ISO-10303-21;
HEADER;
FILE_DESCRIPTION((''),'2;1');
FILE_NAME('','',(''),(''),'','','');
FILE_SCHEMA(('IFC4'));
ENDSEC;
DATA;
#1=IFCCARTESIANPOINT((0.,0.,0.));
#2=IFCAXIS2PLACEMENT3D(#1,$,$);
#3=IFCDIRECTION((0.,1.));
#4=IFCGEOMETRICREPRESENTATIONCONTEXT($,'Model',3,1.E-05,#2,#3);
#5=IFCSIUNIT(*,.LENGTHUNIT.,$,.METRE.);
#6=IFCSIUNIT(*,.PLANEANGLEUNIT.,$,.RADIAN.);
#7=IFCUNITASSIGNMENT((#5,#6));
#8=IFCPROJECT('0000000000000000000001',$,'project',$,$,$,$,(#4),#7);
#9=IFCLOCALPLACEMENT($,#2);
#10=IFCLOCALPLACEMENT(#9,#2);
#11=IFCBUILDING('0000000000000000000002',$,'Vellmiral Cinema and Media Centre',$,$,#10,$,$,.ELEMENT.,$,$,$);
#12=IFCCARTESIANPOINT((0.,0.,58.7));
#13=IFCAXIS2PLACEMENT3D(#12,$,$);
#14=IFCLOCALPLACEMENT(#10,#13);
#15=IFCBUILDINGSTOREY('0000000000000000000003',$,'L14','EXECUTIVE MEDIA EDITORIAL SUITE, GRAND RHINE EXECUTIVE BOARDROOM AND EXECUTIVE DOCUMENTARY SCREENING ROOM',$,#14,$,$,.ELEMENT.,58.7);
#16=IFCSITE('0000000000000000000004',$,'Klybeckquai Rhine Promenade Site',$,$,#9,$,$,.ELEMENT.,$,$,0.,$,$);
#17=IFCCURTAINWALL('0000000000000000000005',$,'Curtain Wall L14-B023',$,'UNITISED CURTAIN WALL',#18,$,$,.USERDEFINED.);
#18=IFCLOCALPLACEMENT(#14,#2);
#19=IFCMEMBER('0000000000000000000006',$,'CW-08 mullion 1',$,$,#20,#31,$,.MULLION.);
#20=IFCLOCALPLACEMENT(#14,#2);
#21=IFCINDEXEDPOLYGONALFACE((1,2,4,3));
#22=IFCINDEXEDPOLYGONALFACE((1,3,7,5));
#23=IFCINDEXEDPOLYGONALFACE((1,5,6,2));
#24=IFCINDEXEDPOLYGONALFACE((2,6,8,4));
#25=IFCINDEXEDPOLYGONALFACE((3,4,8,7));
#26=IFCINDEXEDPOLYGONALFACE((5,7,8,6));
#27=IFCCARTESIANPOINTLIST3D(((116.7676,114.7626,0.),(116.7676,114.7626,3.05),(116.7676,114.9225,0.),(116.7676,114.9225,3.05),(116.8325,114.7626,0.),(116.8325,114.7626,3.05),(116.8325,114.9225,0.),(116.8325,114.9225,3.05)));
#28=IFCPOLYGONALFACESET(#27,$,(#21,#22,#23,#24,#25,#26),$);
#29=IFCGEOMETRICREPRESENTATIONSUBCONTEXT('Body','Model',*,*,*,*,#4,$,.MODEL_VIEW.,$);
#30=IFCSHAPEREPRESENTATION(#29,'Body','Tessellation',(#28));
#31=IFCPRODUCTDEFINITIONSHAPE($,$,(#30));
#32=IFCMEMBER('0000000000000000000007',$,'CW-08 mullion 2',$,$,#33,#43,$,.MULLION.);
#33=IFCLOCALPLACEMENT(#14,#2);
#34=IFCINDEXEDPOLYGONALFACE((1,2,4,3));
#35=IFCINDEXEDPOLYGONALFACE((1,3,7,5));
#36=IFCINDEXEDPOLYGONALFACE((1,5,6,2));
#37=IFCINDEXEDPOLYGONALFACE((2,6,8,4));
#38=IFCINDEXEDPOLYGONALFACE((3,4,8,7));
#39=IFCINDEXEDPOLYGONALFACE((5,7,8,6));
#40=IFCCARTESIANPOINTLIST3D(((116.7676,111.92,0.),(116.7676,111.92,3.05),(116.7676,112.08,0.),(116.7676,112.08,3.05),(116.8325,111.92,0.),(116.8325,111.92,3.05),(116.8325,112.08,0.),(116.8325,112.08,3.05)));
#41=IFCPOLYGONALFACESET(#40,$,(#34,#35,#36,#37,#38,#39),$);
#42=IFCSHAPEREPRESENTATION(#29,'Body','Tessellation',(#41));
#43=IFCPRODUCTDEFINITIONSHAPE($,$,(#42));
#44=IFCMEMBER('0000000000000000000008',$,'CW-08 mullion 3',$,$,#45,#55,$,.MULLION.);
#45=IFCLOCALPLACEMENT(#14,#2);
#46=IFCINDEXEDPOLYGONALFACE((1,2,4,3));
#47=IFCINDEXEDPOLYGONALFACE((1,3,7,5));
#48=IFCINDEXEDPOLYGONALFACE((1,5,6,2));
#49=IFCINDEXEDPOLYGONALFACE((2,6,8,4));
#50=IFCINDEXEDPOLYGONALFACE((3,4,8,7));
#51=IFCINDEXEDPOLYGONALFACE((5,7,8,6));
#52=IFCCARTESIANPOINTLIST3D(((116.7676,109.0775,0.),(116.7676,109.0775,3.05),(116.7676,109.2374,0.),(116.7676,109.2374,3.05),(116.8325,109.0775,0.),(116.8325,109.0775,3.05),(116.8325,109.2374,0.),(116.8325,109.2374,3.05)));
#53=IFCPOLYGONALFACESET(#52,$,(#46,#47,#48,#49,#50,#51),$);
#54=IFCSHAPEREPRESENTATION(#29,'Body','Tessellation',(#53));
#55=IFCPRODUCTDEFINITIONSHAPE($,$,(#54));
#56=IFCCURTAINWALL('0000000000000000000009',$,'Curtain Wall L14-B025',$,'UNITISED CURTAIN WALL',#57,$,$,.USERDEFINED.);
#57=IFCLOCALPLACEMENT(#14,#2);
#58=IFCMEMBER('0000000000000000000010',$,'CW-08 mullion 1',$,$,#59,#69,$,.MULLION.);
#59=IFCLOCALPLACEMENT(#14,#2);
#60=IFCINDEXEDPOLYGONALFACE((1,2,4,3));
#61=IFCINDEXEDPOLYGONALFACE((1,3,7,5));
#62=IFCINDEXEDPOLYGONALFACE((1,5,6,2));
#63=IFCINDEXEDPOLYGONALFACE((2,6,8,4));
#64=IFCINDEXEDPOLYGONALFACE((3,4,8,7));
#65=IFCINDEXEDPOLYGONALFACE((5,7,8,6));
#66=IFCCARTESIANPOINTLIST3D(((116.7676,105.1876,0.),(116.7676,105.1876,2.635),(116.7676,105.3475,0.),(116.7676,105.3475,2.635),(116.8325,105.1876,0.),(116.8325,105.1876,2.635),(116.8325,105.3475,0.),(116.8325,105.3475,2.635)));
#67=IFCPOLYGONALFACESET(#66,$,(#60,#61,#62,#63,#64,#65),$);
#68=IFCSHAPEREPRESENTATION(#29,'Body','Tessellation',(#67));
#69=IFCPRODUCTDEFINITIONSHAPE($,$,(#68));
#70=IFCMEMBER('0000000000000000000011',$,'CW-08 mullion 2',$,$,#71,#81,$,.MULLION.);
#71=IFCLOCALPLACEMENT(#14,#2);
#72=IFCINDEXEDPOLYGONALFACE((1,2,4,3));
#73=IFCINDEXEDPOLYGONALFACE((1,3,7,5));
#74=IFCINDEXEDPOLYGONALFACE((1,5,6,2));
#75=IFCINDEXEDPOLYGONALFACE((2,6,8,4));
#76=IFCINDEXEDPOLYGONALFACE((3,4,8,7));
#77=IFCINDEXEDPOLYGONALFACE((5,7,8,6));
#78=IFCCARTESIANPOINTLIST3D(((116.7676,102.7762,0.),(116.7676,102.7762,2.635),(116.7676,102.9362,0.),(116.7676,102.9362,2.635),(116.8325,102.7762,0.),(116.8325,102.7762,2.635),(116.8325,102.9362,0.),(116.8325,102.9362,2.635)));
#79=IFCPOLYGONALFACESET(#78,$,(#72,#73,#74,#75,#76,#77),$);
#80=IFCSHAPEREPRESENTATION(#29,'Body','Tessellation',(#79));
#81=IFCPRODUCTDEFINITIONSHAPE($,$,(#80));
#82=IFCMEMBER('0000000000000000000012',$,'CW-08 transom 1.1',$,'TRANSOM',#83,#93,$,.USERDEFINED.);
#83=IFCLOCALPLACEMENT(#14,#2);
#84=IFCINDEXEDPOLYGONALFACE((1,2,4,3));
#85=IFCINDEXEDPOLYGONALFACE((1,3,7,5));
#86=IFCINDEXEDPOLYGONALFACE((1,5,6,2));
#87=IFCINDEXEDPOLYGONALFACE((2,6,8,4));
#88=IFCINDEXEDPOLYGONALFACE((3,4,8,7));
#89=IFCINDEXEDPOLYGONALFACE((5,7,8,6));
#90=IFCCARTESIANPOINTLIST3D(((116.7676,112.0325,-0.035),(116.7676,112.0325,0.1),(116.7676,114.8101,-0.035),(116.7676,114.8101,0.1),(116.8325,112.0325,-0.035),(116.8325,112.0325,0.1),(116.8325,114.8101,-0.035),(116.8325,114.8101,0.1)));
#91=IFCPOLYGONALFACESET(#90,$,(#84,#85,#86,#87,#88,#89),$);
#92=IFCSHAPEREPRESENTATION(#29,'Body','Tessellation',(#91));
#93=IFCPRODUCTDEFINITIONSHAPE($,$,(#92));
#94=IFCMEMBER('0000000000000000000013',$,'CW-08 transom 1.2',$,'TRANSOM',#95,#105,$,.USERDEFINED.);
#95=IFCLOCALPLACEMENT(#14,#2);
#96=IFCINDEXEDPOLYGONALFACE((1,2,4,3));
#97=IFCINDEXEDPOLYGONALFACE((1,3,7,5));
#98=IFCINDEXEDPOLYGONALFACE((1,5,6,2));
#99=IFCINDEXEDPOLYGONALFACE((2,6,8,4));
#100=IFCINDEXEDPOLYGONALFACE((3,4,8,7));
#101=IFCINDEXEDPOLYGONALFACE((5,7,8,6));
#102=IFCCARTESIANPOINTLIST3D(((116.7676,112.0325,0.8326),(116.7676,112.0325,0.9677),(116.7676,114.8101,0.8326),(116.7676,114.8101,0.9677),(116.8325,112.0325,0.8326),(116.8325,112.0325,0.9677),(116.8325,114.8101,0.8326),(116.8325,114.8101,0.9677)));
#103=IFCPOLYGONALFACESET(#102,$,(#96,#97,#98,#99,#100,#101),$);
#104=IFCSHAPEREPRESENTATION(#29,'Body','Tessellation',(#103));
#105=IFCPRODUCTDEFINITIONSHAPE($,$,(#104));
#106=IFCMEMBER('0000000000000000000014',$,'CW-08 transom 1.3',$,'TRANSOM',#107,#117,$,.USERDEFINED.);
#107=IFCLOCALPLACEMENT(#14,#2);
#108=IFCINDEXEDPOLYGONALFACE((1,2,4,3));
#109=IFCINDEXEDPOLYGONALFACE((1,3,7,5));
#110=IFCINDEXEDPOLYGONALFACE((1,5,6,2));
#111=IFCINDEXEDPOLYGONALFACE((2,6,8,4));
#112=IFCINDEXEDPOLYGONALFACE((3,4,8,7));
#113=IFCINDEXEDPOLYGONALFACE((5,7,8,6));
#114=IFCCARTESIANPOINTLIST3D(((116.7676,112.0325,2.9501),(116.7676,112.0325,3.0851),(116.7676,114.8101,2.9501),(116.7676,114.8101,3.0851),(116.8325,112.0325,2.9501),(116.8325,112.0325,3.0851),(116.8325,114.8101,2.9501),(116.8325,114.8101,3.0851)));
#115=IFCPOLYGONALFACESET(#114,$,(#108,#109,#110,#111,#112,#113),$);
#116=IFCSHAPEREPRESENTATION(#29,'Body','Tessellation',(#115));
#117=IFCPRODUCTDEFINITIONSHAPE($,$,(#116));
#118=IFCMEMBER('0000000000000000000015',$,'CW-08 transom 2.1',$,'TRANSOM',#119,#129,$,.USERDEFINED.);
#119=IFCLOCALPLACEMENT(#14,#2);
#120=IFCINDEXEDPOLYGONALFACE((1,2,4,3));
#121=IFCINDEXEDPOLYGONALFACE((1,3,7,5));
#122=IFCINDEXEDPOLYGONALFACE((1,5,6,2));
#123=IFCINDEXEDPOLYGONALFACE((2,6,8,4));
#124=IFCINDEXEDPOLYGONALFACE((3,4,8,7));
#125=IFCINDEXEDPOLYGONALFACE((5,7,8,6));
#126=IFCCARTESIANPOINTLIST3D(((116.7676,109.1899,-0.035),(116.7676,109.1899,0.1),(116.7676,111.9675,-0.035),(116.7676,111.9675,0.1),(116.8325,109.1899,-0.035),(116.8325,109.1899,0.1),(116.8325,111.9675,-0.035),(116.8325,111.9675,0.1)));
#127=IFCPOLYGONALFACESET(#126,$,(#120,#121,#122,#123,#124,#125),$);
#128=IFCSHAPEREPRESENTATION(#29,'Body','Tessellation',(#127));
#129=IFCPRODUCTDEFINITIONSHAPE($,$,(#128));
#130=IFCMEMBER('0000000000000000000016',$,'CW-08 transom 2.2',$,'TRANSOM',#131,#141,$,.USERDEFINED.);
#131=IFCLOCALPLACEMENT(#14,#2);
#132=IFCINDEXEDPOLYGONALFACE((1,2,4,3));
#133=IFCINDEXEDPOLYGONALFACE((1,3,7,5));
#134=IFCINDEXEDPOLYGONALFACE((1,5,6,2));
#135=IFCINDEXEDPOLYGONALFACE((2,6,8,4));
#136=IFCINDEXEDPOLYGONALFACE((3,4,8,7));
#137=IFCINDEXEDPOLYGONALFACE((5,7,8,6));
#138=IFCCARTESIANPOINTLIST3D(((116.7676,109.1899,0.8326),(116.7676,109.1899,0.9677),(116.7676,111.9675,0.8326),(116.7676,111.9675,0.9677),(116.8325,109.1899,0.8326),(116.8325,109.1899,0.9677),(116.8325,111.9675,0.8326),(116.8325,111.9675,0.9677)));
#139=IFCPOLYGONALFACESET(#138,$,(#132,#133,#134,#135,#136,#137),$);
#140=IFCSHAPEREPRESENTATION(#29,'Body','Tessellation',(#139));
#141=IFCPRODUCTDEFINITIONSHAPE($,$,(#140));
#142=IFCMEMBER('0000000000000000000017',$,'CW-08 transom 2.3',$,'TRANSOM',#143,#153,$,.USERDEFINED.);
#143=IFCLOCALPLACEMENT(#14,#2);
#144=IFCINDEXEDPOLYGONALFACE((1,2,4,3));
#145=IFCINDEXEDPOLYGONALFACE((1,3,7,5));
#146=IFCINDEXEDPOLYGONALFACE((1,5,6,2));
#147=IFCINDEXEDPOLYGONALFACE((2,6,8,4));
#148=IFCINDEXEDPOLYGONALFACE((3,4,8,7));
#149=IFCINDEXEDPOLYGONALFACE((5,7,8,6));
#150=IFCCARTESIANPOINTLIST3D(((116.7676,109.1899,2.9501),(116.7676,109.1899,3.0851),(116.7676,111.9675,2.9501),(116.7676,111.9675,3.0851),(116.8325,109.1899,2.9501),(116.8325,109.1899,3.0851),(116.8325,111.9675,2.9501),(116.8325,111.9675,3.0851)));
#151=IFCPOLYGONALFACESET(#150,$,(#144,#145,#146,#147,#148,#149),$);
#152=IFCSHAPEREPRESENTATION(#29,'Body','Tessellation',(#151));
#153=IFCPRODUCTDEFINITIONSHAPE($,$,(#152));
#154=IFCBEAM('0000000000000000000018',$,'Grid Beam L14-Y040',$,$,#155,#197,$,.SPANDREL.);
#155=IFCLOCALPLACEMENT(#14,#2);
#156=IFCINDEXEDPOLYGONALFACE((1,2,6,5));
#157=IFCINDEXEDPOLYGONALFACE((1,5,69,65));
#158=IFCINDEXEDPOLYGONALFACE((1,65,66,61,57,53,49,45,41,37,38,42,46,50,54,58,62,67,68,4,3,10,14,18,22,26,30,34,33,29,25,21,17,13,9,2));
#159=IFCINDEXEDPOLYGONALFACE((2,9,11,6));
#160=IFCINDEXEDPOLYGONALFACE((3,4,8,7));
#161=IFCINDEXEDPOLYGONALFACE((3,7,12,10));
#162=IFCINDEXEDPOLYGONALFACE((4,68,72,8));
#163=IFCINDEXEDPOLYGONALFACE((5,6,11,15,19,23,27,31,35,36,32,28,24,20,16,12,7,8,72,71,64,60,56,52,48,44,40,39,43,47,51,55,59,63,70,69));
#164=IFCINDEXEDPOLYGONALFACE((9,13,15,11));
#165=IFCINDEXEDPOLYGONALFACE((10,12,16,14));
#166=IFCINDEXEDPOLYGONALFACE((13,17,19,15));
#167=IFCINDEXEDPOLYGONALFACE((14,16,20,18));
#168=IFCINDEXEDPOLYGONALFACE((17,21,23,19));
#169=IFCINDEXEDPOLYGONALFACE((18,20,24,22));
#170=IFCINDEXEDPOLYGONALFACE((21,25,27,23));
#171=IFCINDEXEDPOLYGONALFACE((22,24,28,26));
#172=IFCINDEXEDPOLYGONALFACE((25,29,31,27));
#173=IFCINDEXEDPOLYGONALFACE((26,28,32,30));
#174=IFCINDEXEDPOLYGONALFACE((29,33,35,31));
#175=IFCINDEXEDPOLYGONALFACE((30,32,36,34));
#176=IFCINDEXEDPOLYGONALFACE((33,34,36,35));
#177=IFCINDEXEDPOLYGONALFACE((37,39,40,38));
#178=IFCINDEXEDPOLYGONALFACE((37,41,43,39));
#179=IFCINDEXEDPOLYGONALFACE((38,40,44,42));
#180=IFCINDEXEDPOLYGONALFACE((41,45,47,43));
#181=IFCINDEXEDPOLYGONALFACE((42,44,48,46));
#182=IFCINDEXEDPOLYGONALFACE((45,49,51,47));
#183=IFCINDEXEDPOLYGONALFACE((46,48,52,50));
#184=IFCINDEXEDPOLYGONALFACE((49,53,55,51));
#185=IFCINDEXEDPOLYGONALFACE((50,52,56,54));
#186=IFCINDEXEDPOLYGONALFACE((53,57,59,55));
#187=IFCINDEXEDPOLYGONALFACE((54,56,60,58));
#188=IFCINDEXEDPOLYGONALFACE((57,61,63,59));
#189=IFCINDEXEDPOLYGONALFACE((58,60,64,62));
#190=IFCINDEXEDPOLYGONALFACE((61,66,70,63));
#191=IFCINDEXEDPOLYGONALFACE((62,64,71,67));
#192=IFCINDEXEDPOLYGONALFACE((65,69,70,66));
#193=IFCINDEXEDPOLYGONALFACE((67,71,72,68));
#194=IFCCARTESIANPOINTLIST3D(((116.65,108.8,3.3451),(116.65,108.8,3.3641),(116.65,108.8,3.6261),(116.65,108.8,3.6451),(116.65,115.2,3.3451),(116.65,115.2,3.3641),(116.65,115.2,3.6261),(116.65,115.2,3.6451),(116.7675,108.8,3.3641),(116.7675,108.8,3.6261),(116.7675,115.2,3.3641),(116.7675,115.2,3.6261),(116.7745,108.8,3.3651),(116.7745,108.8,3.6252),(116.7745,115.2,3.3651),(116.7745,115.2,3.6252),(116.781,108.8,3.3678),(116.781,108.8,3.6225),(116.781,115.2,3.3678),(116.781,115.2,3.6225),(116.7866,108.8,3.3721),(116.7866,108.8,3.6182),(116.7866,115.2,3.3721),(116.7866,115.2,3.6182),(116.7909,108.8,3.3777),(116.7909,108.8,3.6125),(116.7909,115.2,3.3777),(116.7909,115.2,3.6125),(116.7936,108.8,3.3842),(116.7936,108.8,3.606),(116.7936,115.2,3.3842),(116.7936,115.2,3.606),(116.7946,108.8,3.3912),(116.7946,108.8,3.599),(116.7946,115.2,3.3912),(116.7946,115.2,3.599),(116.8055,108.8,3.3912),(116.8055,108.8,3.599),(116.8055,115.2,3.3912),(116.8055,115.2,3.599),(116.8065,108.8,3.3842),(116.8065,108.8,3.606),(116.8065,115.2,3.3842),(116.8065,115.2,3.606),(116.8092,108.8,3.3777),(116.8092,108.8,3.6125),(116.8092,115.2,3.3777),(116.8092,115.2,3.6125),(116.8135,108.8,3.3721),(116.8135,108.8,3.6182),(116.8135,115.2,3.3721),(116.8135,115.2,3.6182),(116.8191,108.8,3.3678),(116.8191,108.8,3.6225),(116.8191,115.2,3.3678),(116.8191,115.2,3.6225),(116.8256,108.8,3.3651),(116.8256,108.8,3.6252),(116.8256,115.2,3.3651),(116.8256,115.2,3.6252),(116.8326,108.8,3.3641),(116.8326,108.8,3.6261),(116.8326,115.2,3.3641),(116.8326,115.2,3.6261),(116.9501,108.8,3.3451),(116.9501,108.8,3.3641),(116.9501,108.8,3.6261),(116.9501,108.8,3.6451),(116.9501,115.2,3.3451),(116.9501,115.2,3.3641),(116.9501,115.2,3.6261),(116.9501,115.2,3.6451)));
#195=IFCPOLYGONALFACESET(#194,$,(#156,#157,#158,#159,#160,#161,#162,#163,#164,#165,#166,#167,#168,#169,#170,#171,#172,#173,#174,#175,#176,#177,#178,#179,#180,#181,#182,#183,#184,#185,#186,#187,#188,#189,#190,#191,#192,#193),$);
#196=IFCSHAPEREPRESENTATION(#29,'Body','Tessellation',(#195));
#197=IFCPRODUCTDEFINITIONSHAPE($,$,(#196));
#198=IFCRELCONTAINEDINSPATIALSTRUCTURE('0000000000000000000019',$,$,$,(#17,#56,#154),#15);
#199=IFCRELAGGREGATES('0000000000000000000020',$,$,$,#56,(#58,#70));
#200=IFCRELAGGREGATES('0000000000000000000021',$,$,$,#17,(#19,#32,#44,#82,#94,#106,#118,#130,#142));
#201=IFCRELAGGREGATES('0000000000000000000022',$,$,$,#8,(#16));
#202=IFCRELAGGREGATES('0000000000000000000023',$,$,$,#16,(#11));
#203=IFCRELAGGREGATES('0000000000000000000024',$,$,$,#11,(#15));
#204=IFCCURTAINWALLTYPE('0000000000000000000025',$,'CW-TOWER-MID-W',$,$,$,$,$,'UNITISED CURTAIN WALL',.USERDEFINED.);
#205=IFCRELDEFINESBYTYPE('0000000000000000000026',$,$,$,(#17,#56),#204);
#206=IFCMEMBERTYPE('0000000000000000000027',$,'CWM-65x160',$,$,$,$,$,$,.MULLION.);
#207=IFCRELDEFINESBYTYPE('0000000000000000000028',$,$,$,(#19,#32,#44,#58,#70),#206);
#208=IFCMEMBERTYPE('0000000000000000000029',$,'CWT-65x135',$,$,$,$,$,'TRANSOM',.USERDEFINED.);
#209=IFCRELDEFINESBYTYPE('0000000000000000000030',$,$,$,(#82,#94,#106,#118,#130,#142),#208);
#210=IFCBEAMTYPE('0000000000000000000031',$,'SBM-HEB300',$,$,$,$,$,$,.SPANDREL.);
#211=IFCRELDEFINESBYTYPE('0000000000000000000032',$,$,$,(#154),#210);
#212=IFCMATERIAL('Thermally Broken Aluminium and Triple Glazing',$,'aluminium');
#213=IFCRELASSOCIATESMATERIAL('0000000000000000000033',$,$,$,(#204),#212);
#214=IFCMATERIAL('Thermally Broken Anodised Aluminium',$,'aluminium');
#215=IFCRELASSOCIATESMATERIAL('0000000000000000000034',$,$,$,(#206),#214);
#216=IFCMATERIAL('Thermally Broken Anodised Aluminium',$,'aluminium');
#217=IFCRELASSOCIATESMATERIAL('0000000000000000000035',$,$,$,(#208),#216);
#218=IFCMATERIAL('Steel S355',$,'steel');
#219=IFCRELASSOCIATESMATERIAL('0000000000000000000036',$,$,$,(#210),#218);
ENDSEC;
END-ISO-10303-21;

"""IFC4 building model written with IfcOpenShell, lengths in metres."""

from ifc_helpers import new_model, si_unit, direction, frame, origin, origin_2d, place, context, subcontext, project, spatial, rectangle, i_section, extrude, material, material_profile, profile_set, type_object, element, aggregate, save


model = new_model("IFC4")

# Units and contexts
model_context = context("Model", 3, precision=1e-05, world=origin(), true_north=direction((0.0, 1.0)))
body_context = subcontext(model_context, "Body", "Model", "MODEL_VIEW")
ifc_project = project(units=[si_unit("LENGTHUNIT", "METRE"), si_unit("PLANEANGLEUNIT", "RADIAN")], contexts=[model_context])

# Site, building, storey
site_placement = place(None, origin())
site = spatial("IfcSite", under=ifc_project, at=site_placement, Name="Klybeckquai Rhine Promenade Site", CompositionType="ELEMENT", RefElevation=0.0)
building_placement = place(site_placement, origin())
building = spatial("IfcBuilding", under=site, at=building_placement, Name="Vellmiral Cinema and Media Centre", CompositionType="ELEMENT")
storey_placement = place(building_placement, frame((0.0, 0.0, 58.7)))
storey = spatial("IfcBuildingStorey", under=building, at=storey_placement, Name="L14", Description="EXECUTIVE MEDIA EDITORIAL SUITE, GRAND RHINE EXECUTIVE BOARDROOM AND EXECUTIVE DOCUMENTARY SCREENING ROOM", CompositionType="ELEMENT", Elevation=58.7)

# Curtain walls, members
ifc_material_1 = material(Name="Thermally Broken Aluminium and Triple Glazing", Category="aluminium")
curtain_wall_type = type_object("IfcCurtainWallType", Name="CW-TOWER-MID-W", ElementType="UNITISED CURTAIN WALL", PredefinedType="USERDEFINED", material=ifc_material_1)
curtain_wall_1_placement = place(storey_placement, origin())
curtain_wall_1 = element("IfcCurtainWall", 1, at=curtain_wall_1_placement, inside=storey, type_object=curtain_wall_type, Name="Curtain Wall L14-B023", ObjectType="UNITISED CURTAIN WALL", PredefinedType="USERDEFINED")
ifc_material_2 = material(Name="Thermally Broken Anodised Aluminium", Category="aluminium")
ifc_material_profile_1 = material_profile(ifc_material_2, rectangle(XDim=0.0649, YDim=0.1599, at=origin_2d()), Name="MULL 65x160")
ifc_profile_set_1 = profile_set([ifc_material_profile_1], Name="Thermally Broken Anodised Aluminium")
member_type_1 = type_object("IfcMemberType", Name="CWM-65x160", PredefinedType="MULLION", material=ifc_profile_set_1)
member_1_placement = place(storey_placement, frame((116.8, 114.8425, 0.0), z_axis=(0.0, 0.0, 1.0), x_axis=(1.0, 0.0, 0.0)))
member_1 = element("IfcMember", 2, at=member_1_placement, type_object=member_type_1, Name="CW-08 mullion 1", PredefinedType="MULLION", context=body_context, shape_type="SweptSolid", body=[
    extrude(rectangle(XDim=0.0649, YDim=0.1599, at=origin_2d()), origin(), (0.0, 0.0, 1.0), 3.05),
])
member_2_placement = place(storey_placement, frame((116.8, 112.0, 0.0), z_axis=(0.0, 0.0, 1.0), x_axis=(1.0, 0.0, 0.0)))
member_2 = element("IfcMember", 3, at=member_2_placement, type_object=member_type_1, Name="CW-08 mullion 2", PredefinedType="MULLION", context=body_context, shape_type="SweptSolid", body=[
    extrude(rectangle(XDim=0.0649, YDim=0.1599, at=origin_2d()), origin(), (0.0, 0.0, 1.0), 3.05),
])
member_3_placement = place(storey_placement, frame((116.8, 109.1575, 0.0), z_axis=(0.0, 0.0, 1.0), x_axis=(1.0, 0.0, 0.0)))
member_3 = element("IfcMember", 4, at=member_3_placement, type_object=member_type_1, Name="CW-08 mullion 3", PredefinedType="MULLION", context=body_context, shape_type="SweptSolid", body=[
    extrude(rectangle(XDim=0.0649, YDim=0.1599, at=origin_2d()), origin(), (0.0, 0.0, 1.0), 3.05),
])
curtain_wall_2_placement = place(storey_placement, origin())
curtain_wall_2 = element("IfcCurtainWall", 5, at=curtain_wall_2_placement, inside=storey, type_object=curtain_wall_type, Name="Curtain Wall L14-B025", ObjectType="UNITISED CURTAIN WALL", PredefinedType="USERDEFINED")
member_4_placement = place(storey_placement, frame((116.8, 105.2676, 0.0), z_axis=(0.0, 0.0, 1.0), x_axis=(1.0, 0.0, 0.0)))
member_4 = element("IfcMember", 6, at=member_4_placement, type_object=member_type_1, Name="CW-08 mullion 1", PredefinedType="MULLION", context=body_context, shape_type="SweptSolid", body=[
    extrude(rectangle(XDim=0.0649, YDim=0.1599, at=origin_2d()), origin(), (0.0, 0.0, 1.0), 2.635),
])
member_5_placement = place(storey_placement, frame((116.8, 102.8562, 0.0), z_axis=(0.0, 0.0, 1.0), x_axis=(1.0, 0.0, 0.0)))
member_5 = element("IfcMember", 7, at=member_5_placement, type_object=member_type_1, Name="CW-08 mullion 2", PredefinedType="MULLION", context=body_context, shape_type="SweptSolid", body=[
    extrude(rectangle(XDim=0.0649, YDim=0.1599, at=origin_2d()), origin(), (0.0, 0.0, 1.0), 2.635),
])
aggregate(curtain_wall_2, [member_4, member_5])

# Members
ifc_material_3 = material(Name="Thermally Broken Anodised Aluminium", Category="aluminium")
ifc_material_profile_2 = material_profile(ifc_material_3, rectangle(XDim=0.0649, YDim=0.135, at=origin_2d()), Name="MULL 65x135")
ifc_profile_set_2 = profile_set([ifc_material_profile_2], Name="Thermally Broken Anodised Aluminium")
member_type_2 = type_object("IfcMemberType", Name="CWT-65x135", ElementType="TRANSOM", PredefinedType="USERDEFINED", material=ifc_profile_set_2)
member_6_placement = place(storey_placement, frame((116.8, 114.8101, 0.0325), z_axis=(0.0, -1.0, 0.0), x_axis=(1.0, 0.0, 0.0)))
member_6 = element("IfcMember", 8, at=member_6_placement, type_object=member_type_2, Name="CW-08 transom 1.1", ObjectType="TRANSOM", PredefinedType="USERDEFINED", context=body_context, shape_type="SweptSolid", body=[
    extrude(rectangle(XDim=0.0649, YDim=0.135, at=origin_2d()), origin(), (0.0, 0.0, 1.0), 2.7776),
])
member_7_placement = place(storey_placement, frame((116.8, 114.8101, 0.9001), z_axis=(0.0, -1.0, 0.0), x_axis=(1.0, 0.0, 0.0)))
member_7 = element("IfcMember", 9, at=member_7_placement, type_object=member_type_2, Name="CW-08 transom 1.2", ObjectType="TRANSOM", PredefinedType="USERDEFINED", context=body_context, shape_type="SweptSolid", body=[
    extrude(rectangle(XDim=0.0649, YDim=0.135, at=origin_2d()), origin(), (0.0, 0.0, 1.0), 2.7776),
])
member_8_placement = place(storey_placement, frame((116.8, 114.8101, 3.0176), z_axis=(0.0, -1.0, 0.0), x_axis=(1.0, 0.0, 0.0)))
member_8 = element("IfcMember", 10, at=member_8_placement, type_object=member_type_2, Name="CW-08 transom 1.3", ObjectType="TRANSOM", PredefinedType="USERDEFINED", context=body_context, shape_type="SweptSolid", body=[
    extrude(rectangle(XDim=0.0649, YDim=0.135, at=origin_2d()), origin(), (0.0, 0.0, 1.0), 2.7776),
])
member_9_placement = place(storey_placement, frame((116.8, 111.9675, 0.0325), z_axis=(0.0, -1.0, 0.0), x_axis=(1.0, 0.0, 0.0)))
member_9 = element("IfcMember", 11, at=member_9_placement, type_object=member_type_2, Name="CW-08 transom 2.1", ObjectType="TRANSOM", PredefinedType="USERDEFINED", context=body_context, shape_type="SweptSolid", body=[
    extrude(rectangle(XDim=0.0649, YDim=0.135, at=origin_2d()), origin(), (0.0, 0.0, 1.0), 2.7776),
])
member_10_placement = place(storey_placement, frame((116.8, 111.9675, 0.9001), z_axis=(0.0, -1.0, 0.0), x_axis=(1.0, 0.0, 0.0)))
member_10 = element("IfcMember", 12, at=member_10_placement, type_object=member_type_2, Name="CW-08 transom 2.2", ObjectType="TRANSOM", PredefinedType="USERDEFINED", context=body_context, shape_type="SweptSolid", body=[
    extrude(rectangle(XDim=0.0649, YDim=0.135, at=origin_2d()), origin(), (0.0, 0.0, 1.0), 2.7776),
])
member_11_placement = place(storey_placement, frame((116.8, 111.9675, 3.0176), z_axis=(0.0, -1.0, 0.0), x_axis=(1.0, 0.0, 0.0)))
member_11 = element("IfcMember", 13, at=member_11_placement, type_object=member_type_2, Name="CW-08 transom 2.3", ObjectType="TRANSOM", PredefinedType="USERDEFINED", context=body_context, shape_type="SweptSolid", body=[
    extrude(rectangle(XDim=0.0649, YDim=0.135, at=origin_2d()), origin(), (0.0, 0.0, 1.0), 2.7776),
])

# Beam
ifc_material_4 = material(Name="Steel S355", Category="steel")
ifc_material_profile_3 = material_profile(ifc_material_4, i_section(OverallWidth=0.3, OverallDepth=0.3, WebThickness=0.011, FlangeThickness=0.019, FilletRadius=0.0271, at=origin_2d()), Name="HEB 300")
ifc_profile_set_3 = profile_set([ifc_material_profile_3], Name="Steel S355")
beam_type_1 = type_object("IfcBeamType", Name="SBM-HEB300", PredefinedType="SPANDREL", material=ifc_profile_set_3)
beam_1_placement = place(storey_placement, frame((116.8, 108.8, 3.4951), z_axis=(0.0, 1.0, 0.0), x_axis=(-1.0, 0.0, 0.0)))
element("IfcBeam", 14, at=beam_1_placement, inside=storey, type_object=beam_type_1, Name="Grid Beam L14-Y040", PredefinedType="SPANDREL", context=body_context, shape_type="SweptSolid", body=[
    extrude(i_section(OverallWidth=0.3, OverallDepth=0.3, WebThickness=0.011, FlangeThickness=0.019, FilletRadius=0.0271, at=origin_2d()), origin(), (0.0, 0.0, 1.0), 6.3999),
])

aggregate(curtain_wall_1, [member_1, member_2, member_3, member_6, member_7, member_8, member_9, member_10, member_11])

save(model, "model.ifc")
